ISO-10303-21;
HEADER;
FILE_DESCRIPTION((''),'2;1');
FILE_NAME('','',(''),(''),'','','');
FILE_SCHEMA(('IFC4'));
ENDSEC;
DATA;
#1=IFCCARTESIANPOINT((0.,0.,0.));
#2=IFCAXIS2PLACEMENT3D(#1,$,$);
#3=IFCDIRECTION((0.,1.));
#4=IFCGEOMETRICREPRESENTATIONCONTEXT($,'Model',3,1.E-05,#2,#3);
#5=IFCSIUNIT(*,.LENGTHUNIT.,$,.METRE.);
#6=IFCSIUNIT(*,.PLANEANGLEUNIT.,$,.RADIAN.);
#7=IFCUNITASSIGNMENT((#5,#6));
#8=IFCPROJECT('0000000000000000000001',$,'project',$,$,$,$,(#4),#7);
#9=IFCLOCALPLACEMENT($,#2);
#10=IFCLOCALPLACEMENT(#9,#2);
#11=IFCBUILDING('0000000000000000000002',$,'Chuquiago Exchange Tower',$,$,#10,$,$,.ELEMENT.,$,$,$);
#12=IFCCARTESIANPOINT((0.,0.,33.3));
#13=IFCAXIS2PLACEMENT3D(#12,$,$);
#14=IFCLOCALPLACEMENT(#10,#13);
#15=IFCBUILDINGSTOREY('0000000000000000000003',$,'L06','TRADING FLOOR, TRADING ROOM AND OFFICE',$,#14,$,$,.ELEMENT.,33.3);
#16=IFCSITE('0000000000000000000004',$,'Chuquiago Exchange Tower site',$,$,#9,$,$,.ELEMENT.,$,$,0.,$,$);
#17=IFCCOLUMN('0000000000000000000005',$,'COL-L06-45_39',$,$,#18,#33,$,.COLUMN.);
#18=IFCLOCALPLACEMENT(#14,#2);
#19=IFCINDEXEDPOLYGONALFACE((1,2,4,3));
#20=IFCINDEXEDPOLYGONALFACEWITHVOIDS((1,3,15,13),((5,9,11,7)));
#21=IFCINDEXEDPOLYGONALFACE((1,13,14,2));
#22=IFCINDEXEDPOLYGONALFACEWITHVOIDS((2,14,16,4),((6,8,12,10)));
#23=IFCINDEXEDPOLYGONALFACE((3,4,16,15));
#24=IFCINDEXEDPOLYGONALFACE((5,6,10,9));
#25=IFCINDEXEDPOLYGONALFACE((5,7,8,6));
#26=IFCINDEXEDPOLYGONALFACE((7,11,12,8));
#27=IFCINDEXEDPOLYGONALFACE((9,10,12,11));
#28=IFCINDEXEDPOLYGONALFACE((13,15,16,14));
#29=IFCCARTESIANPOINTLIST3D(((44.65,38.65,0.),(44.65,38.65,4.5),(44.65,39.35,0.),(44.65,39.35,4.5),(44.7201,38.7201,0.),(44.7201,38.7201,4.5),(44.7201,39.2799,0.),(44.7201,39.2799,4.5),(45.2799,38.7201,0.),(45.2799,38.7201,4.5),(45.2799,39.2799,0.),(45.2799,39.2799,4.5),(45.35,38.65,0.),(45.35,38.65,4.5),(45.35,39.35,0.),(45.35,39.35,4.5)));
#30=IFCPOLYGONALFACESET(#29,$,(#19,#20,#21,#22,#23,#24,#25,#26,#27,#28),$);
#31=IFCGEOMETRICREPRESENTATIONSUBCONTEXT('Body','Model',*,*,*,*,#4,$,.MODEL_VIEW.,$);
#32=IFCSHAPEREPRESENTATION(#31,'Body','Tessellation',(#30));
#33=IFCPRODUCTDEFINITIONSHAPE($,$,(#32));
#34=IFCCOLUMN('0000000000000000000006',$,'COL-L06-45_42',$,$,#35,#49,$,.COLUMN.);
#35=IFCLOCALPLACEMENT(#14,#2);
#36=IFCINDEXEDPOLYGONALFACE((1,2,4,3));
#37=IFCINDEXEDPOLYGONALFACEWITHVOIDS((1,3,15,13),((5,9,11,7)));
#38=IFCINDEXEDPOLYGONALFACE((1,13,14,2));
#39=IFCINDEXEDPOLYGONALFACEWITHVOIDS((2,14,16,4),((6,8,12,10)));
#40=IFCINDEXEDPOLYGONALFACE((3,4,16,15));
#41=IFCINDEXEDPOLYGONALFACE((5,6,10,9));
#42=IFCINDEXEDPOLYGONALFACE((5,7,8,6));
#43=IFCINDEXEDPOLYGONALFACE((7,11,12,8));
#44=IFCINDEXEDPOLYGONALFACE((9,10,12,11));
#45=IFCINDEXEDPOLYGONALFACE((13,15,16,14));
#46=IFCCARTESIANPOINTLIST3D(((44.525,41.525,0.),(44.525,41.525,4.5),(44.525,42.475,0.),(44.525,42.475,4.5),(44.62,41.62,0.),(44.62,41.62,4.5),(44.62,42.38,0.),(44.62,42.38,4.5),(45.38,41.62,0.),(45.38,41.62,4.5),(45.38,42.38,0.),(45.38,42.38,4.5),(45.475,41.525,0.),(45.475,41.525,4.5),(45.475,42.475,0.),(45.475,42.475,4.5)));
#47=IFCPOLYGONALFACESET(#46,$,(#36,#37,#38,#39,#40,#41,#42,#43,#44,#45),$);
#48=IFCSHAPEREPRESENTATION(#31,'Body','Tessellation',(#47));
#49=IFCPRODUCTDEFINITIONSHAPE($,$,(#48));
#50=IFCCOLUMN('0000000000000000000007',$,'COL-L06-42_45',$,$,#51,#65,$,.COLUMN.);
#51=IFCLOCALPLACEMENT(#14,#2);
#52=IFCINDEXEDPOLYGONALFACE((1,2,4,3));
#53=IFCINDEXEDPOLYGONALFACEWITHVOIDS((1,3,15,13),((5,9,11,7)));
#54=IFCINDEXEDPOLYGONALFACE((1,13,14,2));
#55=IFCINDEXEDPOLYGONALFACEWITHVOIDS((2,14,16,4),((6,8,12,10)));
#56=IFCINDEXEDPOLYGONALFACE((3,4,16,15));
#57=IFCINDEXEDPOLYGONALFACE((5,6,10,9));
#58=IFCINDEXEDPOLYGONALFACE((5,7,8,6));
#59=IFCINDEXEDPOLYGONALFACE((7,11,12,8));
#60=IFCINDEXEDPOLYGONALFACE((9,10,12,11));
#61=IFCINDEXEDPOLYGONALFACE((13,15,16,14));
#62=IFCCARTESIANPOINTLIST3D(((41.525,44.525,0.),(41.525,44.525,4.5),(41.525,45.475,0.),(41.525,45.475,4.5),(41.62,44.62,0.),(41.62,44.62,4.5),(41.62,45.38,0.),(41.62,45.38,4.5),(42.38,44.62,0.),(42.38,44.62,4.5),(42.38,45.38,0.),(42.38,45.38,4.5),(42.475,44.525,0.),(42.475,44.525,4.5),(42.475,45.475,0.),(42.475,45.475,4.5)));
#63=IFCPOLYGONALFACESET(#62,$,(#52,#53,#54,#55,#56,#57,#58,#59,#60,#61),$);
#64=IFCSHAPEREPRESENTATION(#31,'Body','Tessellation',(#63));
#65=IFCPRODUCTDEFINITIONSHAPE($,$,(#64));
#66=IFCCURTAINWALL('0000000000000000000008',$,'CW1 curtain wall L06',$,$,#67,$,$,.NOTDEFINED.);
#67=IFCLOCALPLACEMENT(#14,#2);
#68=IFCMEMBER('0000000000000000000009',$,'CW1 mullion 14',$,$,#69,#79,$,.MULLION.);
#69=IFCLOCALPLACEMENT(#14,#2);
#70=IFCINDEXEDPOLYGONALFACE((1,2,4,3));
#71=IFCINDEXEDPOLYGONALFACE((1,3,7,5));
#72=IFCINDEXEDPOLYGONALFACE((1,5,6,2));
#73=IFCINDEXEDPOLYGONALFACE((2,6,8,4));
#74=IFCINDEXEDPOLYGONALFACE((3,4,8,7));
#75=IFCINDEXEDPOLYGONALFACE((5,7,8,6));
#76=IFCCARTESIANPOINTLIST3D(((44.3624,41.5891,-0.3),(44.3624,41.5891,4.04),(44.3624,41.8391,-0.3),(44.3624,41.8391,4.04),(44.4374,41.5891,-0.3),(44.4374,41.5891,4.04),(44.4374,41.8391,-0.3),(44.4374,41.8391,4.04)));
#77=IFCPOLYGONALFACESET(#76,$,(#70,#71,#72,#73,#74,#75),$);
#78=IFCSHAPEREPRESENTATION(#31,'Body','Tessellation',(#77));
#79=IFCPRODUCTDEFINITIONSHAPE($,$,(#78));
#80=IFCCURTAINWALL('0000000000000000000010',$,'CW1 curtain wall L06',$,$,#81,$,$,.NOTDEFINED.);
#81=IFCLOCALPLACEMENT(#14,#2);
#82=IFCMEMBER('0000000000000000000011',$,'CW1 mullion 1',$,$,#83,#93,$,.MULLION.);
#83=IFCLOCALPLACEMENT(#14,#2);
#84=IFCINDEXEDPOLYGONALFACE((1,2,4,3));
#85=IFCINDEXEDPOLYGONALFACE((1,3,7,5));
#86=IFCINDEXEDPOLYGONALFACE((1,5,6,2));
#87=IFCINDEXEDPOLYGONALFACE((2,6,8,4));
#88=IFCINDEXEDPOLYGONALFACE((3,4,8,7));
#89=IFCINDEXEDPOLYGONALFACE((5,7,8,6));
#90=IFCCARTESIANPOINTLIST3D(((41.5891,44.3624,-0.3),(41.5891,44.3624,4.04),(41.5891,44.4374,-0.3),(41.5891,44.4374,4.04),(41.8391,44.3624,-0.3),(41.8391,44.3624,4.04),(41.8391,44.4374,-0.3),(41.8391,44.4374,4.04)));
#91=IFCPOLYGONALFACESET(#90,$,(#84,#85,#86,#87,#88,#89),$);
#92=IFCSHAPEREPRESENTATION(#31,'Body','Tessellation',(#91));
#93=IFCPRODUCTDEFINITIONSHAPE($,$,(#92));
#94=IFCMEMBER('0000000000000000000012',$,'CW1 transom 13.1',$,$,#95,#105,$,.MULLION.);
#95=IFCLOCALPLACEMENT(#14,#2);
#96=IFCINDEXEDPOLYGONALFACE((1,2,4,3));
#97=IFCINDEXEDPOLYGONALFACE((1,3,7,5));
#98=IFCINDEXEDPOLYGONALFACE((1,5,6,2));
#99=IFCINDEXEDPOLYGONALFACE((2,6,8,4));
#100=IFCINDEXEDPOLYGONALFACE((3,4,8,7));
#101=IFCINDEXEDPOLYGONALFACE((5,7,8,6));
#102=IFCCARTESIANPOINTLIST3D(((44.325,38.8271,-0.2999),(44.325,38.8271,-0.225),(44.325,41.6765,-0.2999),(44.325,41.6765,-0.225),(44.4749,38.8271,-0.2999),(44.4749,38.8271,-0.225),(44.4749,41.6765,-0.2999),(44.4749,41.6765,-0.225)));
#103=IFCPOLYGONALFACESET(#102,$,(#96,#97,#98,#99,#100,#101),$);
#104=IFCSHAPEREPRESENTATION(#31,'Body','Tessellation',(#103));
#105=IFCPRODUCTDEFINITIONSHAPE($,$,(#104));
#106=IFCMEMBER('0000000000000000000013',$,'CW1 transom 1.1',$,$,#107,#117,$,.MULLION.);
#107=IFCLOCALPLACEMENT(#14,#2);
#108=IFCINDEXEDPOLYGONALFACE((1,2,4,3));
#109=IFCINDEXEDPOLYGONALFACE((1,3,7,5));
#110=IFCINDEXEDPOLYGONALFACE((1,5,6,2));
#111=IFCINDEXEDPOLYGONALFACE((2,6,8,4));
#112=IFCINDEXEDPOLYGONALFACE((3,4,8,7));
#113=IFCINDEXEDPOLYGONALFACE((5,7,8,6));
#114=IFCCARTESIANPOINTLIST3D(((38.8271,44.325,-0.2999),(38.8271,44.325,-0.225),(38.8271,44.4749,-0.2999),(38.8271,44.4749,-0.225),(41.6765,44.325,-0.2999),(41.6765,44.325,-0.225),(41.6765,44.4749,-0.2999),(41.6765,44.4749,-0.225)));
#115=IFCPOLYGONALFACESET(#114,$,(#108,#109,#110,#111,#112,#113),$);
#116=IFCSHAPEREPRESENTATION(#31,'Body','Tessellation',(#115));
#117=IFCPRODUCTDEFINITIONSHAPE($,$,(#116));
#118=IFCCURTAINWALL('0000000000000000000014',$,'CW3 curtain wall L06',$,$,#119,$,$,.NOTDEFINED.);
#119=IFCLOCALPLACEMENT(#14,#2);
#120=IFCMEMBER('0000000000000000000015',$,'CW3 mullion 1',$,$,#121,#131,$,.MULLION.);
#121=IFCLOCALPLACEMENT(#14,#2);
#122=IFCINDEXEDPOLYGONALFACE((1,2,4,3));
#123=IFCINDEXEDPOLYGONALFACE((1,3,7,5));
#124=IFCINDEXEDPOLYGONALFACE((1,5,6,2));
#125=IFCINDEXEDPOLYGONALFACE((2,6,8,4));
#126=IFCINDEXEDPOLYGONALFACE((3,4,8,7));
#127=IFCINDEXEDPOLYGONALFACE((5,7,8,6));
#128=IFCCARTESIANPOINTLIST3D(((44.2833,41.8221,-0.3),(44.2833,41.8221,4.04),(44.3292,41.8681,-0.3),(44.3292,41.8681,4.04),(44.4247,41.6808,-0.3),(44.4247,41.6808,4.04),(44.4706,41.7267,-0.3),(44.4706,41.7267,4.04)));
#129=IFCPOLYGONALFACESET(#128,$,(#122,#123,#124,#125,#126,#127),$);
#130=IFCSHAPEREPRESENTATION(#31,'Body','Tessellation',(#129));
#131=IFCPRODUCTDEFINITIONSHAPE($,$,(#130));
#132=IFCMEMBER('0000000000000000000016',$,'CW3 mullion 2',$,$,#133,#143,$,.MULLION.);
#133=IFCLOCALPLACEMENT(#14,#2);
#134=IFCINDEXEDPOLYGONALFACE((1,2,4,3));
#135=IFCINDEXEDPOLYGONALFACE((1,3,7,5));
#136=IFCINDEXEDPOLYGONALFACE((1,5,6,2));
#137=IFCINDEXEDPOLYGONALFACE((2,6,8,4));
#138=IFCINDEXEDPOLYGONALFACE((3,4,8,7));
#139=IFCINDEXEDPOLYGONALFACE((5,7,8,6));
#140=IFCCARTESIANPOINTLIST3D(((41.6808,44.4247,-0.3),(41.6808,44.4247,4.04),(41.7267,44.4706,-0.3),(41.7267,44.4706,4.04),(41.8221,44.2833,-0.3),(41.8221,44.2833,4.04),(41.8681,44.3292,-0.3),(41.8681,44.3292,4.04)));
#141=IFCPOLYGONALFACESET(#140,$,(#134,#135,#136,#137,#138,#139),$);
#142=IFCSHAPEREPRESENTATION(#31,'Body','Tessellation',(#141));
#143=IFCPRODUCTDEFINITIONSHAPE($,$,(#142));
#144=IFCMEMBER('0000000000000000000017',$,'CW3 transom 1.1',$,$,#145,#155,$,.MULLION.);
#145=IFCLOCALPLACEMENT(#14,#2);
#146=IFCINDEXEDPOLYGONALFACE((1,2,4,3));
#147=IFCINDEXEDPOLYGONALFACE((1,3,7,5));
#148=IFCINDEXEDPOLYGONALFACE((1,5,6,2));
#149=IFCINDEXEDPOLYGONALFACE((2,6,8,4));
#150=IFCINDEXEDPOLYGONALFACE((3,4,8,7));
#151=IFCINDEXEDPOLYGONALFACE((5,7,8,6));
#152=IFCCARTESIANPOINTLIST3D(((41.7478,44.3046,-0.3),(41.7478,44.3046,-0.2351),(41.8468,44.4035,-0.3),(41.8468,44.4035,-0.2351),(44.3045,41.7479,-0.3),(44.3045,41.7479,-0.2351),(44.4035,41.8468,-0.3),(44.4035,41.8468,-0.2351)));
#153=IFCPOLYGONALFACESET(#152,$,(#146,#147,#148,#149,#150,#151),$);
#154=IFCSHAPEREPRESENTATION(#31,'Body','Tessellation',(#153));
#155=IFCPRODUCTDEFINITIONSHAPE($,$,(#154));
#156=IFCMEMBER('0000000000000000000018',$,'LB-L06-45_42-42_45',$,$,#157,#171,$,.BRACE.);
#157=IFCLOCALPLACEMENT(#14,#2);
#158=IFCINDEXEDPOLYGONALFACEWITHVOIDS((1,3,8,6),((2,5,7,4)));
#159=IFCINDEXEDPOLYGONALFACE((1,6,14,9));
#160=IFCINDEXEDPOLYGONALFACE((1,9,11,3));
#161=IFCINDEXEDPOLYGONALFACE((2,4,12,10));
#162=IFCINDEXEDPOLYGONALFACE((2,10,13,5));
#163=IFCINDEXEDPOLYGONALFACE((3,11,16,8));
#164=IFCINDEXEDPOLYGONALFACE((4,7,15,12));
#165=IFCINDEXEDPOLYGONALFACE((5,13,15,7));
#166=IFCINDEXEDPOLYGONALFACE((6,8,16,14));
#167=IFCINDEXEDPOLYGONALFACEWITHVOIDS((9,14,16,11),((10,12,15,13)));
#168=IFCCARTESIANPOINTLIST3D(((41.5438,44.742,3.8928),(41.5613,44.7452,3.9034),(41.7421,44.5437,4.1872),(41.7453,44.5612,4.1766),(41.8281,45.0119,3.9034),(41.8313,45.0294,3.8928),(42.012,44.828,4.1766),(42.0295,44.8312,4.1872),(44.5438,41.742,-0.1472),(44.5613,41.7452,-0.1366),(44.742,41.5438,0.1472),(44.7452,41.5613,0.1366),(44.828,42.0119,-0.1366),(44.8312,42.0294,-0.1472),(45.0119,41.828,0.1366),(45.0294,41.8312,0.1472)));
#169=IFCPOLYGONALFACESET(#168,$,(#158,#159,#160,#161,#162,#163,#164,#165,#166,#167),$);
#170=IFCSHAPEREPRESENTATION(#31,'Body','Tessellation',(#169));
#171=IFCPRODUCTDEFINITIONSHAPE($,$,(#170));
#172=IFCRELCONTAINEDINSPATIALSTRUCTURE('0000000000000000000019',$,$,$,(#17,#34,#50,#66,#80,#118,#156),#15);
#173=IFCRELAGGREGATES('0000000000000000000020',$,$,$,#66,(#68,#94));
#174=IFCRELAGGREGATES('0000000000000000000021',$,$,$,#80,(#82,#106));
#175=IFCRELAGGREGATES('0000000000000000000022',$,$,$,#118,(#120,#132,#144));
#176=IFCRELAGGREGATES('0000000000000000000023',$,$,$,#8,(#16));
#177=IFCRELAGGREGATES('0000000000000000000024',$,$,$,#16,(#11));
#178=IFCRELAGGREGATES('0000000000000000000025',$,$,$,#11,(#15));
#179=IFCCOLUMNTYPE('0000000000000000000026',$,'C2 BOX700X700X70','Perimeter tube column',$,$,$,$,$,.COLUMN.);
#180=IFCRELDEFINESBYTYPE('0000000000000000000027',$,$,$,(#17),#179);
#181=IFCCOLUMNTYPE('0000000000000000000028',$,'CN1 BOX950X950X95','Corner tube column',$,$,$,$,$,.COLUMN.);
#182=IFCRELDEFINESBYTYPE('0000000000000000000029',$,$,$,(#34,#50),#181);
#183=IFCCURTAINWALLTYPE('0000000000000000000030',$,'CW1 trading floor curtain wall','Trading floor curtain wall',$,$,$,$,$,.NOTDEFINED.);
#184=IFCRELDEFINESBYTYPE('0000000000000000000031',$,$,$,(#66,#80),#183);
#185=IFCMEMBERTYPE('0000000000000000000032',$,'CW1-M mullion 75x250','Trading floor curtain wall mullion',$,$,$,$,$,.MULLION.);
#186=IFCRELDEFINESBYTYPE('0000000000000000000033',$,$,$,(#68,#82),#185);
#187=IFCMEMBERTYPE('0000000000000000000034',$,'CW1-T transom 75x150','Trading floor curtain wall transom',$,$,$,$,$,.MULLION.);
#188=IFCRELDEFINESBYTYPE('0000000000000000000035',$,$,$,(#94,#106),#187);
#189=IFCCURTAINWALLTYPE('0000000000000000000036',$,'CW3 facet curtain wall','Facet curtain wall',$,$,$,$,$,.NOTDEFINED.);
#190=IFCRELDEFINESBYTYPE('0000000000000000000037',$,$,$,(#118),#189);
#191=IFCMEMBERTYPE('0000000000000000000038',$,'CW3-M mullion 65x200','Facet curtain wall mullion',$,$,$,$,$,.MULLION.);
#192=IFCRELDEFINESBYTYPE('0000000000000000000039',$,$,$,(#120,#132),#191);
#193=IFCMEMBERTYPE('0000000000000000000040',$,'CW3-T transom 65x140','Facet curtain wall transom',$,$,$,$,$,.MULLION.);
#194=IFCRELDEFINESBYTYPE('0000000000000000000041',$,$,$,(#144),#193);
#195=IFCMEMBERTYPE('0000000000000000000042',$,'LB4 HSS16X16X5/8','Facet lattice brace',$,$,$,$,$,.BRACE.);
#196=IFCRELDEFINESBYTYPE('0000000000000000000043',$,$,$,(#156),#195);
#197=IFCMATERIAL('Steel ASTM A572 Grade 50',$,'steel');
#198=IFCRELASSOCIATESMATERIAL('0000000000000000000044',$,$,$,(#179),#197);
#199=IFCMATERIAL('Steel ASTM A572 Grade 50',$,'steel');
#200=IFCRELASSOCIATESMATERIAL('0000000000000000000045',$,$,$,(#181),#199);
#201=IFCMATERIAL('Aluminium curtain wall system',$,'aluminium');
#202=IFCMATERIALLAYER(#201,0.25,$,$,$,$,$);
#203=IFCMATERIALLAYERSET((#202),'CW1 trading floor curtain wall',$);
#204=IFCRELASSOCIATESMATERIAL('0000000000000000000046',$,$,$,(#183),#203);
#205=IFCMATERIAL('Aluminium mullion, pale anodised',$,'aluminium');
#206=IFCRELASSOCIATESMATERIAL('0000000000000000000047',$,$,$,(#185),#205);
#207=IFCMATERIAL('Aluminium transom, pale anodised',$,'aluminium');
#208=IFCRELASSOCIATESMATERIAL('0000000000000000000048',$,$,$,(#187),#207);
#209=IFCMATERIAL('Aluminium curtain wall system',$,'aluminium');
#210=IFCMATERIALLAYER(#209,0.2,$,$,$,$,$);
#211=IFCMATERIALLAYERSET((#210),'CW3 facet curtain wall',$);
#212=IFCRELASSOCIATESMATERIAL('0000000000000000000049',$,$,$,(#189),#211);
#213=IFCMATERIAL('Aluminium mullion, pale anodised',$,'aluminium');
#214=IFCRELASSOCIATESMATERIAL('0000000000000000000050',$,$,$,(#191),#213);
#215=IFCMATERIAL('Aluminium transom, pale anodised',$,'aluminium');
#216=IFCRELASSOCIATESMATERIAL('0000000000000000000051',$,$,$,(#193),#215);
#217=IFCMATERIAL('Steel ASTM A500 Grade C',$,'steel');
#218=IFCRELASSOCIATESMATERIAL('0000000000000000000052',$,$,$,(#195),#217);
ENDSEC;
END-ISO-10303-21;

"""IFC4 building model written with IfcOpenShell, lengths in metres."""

from ifc_helpers import new_model, si_unit, direction, frame, origin, origin_2d, place, context, subcontext, project, spatial, rectangle, hollow_rectangle, extrude, material, layer, layer_set, material_profile, profile_set, type_object, element, aggregate, save


model = new_model("IFC4")

# Units and contexts
model_context = context("Model", 3, precision=1e-05, world=origin(), true_north=direction((0.0, 1.0)))
body_context = subcontext(model_context, "Body", "Model", "MODEL_VIEW")
ifc_project = project(units=[si_unit("LENGTHUNIT", "METRE"), si_unit("PLANEANGLEUNIT", "RADIAN")], contexts=[model_context])

# Site, building, storey
site_placement = place(None, origin())
site = spatial("IfcSite", under=ifc_project, at=site_placement, Name="Chuquiago Exchange Tower site", CompositionType="ELEMENT", RefElevation=0.0)
building_placement = place(site_placement, origin())
building = spatial("IfcBuilding", under=site, at=building_placement, Name="Chuquiago Exchange Tower", CompositionType="ELEMENT")
storey_placement = place(building_placement, frame((0.0, 0.0, 33.3)))
storey = spatial("IfcBuildingStorey", under=building, at=storey_placement, Name="L06", Description="TRADING FLOOR, TRADING ROOM AND OFFICE", CompositionType="ELEMENT", Elevation=33.3)

# Columns
ifc_material_1 = material(Name="Steel ASTM A572 Grade 50", Category="steel")
ifc_material_profile_1 = material_profile(ifc_material_1, hollow_rectangle(XDim=0.7, YDim=0.7, WallThickness=0.0701, at=origin_2d()), Name="BOX700X700X70")
ifc_profile_set_1 = profile_set([ifc_material_profile_1], Name="Steel ASTM A572 Grade 50")
column_type_1 = type_object("IfcColumnType", Name="C2 BOX700X700X70", Description="Perimeter tube column", PredefinedType="COLUMN", material=ifc_profile_set_1)
column_placement = place(storey_placement, frame((45.0, 39.0, 0.0), z_axis=(0.0, 0.0, 1.0), x_axis=(1.0, 0.0, 0.0)))
element("IfcColumn", 1, at=column_placement, inside=storey, type_object=column_type_1, Name="COL-L06-45_39", PredefinedType="COLUMN", context=body_context, shape_type="SweptSolid", body=[
    extrude(hollow_rectangle(XDim=0.7, YDim=0.7, WallThickness=0.0701, at=origin_2d()), origin(), (0.0, 0.0, 1.0), 4.5),
])
ifc_material_2 = material(Name="Steel ASTM A572 Grade 50", Category="steel")
ifc_material_profile_2 = material_profile(ifc_material_2, hollow_rectangle(XDim=0.95, YDim=0.95, WallThickness=0.095, at=origin_2d()), Name="BOX950X950X95")
ifc_profile_set_2 = profile_set([ifc_material_profile_2], Name="Steel ASTM A572 Grade 50")
column_type_2 = type_object("IfcColumnType", Name="CN1 BOX950X950X95", Description="Corner tube column", PredefinedType="COLUMN", material=ifc_profile_set_2)
for number, where, z_axis, x_axis, name in (
    (2, (45.0, 42.0, 0.0), (0.0, 0.0, 1.0), (1.0, 0.0, 0.0), "COL-L06-45_42"),
    (3, (42.0, 45.0, 0.0), (0.0, 0.0, 1.0), (0.0, 1.0, 0.0), "COL-L06-42_45"),
):
    element("IfcColumn", number, at=place(storey_placement, frame(where, z_axis=z_axis, x_axis=x_axis)), inside=storey, type_object=column_type_2, Name=name, PredefinedType="COLUMN", context=body_context, shape_type="SweptSolid", body=[
        extrude(hollow_rectangle(XDim=0.95, YDim=0.95, WallThickness=0.095, at=origin_2d()), origin(), (0.0, 0.0, 1.0), 4.5),
    ])

# Curtain walls, members
ifc_material_3 = material(Name="Aluminium curtain wall system", Category="aluminium")
ifc_layer_1 = layer(ifc_material_3, 0.25)
ifc_layer_set_1 = layer_set([ifc_layer_1], Name="CW1 trading floor curtain wall")
curtain_wall_type_1 = type_object("IfcCurtainWallType", Name="CW1 trading floor curtain wall", Description="Trading floor curtain wall", PredefinedType="NOTDEFINED", material=ifc_layer_set_1)
curtain_wall_1_placement = place(storey_placement, origin())
curtain_wall_1 = element("IfcCurtainWall", 4, at=curtain_wall_1_placement, inside=storey, type_object=curtain_wall_type_1, Name="CW1 curtain wall L06", PredefinedType="NOTDEFINED")
ifc_material_4 = material(Name="Aluminium mullion, pale anodised", Category="aluminium")
ifc_material_profile_3 = material_profile(ifc_material_4, rectangle(XDim=0.075, YDim=0.25, at=origin_2d()), Name="AL 75x250")
ifc_profile_set_3 = profile_set([ifc_material_profile_3], Name="Aluminium mullion, pale anodised")
member_type_1 = type_object("IfcMemberType", Name="CW1-M mullion 75x250", Description="Trading floor curtain wall mullion", PredefinedType="MULLION", material=ifc_profile_set_3)
member_1_placement = place(storey_placement, frame((44.3999, 41.7141, -0.3), z_axis=(0.0, 0.0, 1.0), x_axis=(-1.0, 0.0, 0.0)))
member_1 = element("IfcMember", 5, at=member_1_placement, type_object=member_type_1, Name="CW1 mullion 14", PredefinedType="MULLION", context=body_context, shape_type="SweptSolid", body=[
    extrude(rectangle(XDim=0.075, YDim=0.25, at=origin_2d()), origin(), (0.0, 0.0, 1.0), 4.3401),
])
curtain_wall_2_placement = place(storey_placement, origin())
curtain_wall_2 = element("IfcCurtainWall", 6, at=curtain_wall_2_placement, inside=storey, type_object=curtain_wall_type_1, Name="CW1 curtain wall L06", PredefinedType="NOTDEFINED")
member_2_placement = place(storey_placement, frame((41.7141, 44.3999, -0.3), z_axis=(0.0, 0.0, 1.0), x_axis=(0.0, -1.0, 0.0)))
member_2 = element("IfcMember", 7, at=member_2_placement, type_object=member_type_1, Name="CW1 mullion 1", PredefinedType="MULLION", context=body_context, shape_type="SweptSolid", body=[
    extrude(rectangle(XDim=0.075, YDim=0.25, at=origin_2d()), origin(), (0.0, 0.0, 1.0), 4.3401),
])

# Members
ifc_material_5 = material(Name="Aluminium transom, pale anodised", Category="aluminium")
ifc_material_profile_4 = material_profile(ifc_material_5, rectangle(XDim=0.1499, YDim=0.075, at=origin_2d()), Name="AL 150x75")
ifc_profile_set_4 = profile_set([ifc_material_profile_4], Name="Aluminium transom, pale anodised")
member_type_2 = type_object("IfcMemberType", Name="CW1-T transom 75x150", Description="Trading floor curtain wall transom", PredefinedType="MULLION", material=ifc_profile_set_4)
member_3_placement = place(storey_placement, frame((44.3999, 38.8271, -0.2625), z_axis=(0.0, 1.0, 0.0), x_axis=(-1.0, 0.0, 0.0)))
member_3 = element("IfcMember", 8, at=member_3_placement, type_object=member_type_2, Name="CW1 transom 13.1", PredefinedType="MULLION", context=body_context, shape_type="SweptSolid", body=[
    extrude(rectangle(XDim=0.1499, YDim=0.075, at=origin_2d()), origin(), (0.0, 0.0, 1.0), 2.8494),
])
member_4_placement = place(storey_placement, frame((41.6765, 44.3999, -0.2625), z_axis=(-1.0, 0.0, 0.0), x_axis=(0.0, -1.0, 0.0)))
member_4 = element("IfcMember", 9, at=member_4_placement, type_object=member_type_2, Name="CW1 transom 1.1", PredefinedType="MULLION", context=body_context, shape_type="SweptSolid", body=[
    extrude(rectangle(XDim=0.1499, YDim=0.075, at=origin_2d()), origin(), (0.0, 0.0, 1.0), 2.8494),
])

# Curtain wall, members
ifc_material_6 = material(Name="Aluminium curtain wall system", Category="aluminium")
ifc_layer_2 = layer(ifc_material_6, 0.2)
ifc_layer_set_2 = layer_set([ifc_layer_2], Name="CW3 facet curtain wall")
curtain_wall_type_2 = type_object("IfcCurtainWallType", Name="CW3 facet curtain wall", Description="Facet curtain wall", PredefinedType="NOTDEFINED", material=ifc_layer_set_2)
curtain_wall_3_placement = place(storey_placement, origin())
curtain_wall_3 = element("IfcCurtainWall", 10, at=curtain_wall_3_placement, inside=storey, type_object=curtain_wall_type_2, Name="CW3 curtain wall L06", PredefinedType="NOTDEFINED")
ifc_material_7 = material(Name="Aluminium mullion, pale anodised", Category="aluminium")
ifc_material_profile_5 = material_profile(ifc_material_7, rectangle(XDim=0.0649, YDim=0.2, at=origin_2d()), Name="AL 65x200")
ifc_profile_set_5 = profile_set([ifc_material_profile_5], Name="Aluminium mullion, pale anodised")
member_type_3 = type_object("IfcMemberType", Name="CW3-M mullion 65x200", Description="Facet curtain wall mullion", PredefinedType="MULLION", material=ifc_profile_set_5)
member_5_placement = place(storey_placement, frame((44.377, 41.7744, -0.3), z_axis=(0.0, 0.0, 1.0), x_axis=(-0.707107, -0.707107, 0.0)))
member_5 = element("IfcMember", 11, at=member_5_placement, type_object=member_type_3, Name="CW3 mullion 1", PredefinedType="MULLION", context=body_context, shape_type="SweptSolid", body=[
    extrude(rectangle(XDim=0.0649, YDim=0.2, at=origin_2d()), origin(), (0.0, 0.0, 1.0), 4.3401),
])
member_6_placement = place(storey_placement, frame((41.7744, 44.377, -0.3), z_axis=(0.0, 0.0, 1.0), x_axis=(-0.707107, -0.707107, 0.0)))
member_6 = element("IfcMember", 12, at=member_6_placement, type_object=member_type_3, Name="CW3 mullion 2", PredefinedType="MULLION", context=body_context, shape_type="SweptSolid", body=[
    extrude(rectangle(XDim=0.0649, YDim=0.2, at=origin_2d()), origin(), (0.0, 0.0, 1.0), 4.3401),
])
ifc_material_8 = material(Name="Aluminium transom, pale anodised", Category="aluminium")
ifc_material_profile_6 = material_profile(ifc_material_8, rectangle(XDim=0.1399, YDim=0.0649, at=origin_2d()), Name="AL 140x65")
ifc_profile_set_6 = profile_set([ifc_material_profile_6], Name="Aluminium transom, pale anodised")
member_type_4 = type_object("IfcMemberType", Name="CW3-T transom 65x140", Description="Facet curtain wall transom", PredefinedType="MULLION", material=ifc_profile_set_6)
member_7_placement = place(storey_placement, frame((44.354, 41.7974, -0.2676), z_axis=(-0.707107, 0.707107, 0.0), x_axis=(-0.707107, -0.707107, 0.0)))
member_7 = element("IfcMember", 13, at=member_7_placement, type_object=member_type_4, Name="CW3 transom 1.1", PredefinedType="MULLION", context=body_context, shape_type="SweptSolid", body=[
    extrude(rectangle(XDim=0.1399, YDim=0.0649, at=origin_2d()), origin(), (0.0, 0.0, 1.0), 3.6157),
])

# Member
ifc_material_9 = material(Name="Steel ASTM A500 Grade C", Category="steel")
ifc_material_profile_7 = material_profile(ifc_material_9, hollow_rectangle(XDim=0.4065, YDim=0.4065, WallThickness=0.0146, at=origin_2d()), Name="HSS16X16X5/8")
ifc_profile_set_7 = profile_set([ifc_material_profile_7], Name="Steel ASTM A500 Grade C")
member_type_5 = type_object("IfcMemberType", Name="LB4 HSS16X16X5/8", Description="Facet lattice brace", PredefinedType="BRACE", material=ifc_profile_set_7)
member_8_placement = place(storey_placement, frame((44.7866, 41.7866, 0.0), z_axis=(-0.512077, 0.512077, 0.689604), x_axis=(-0.707107, -0.707107, 0.0)))
element("IfcMember", 14, at=member_8_placement, inside=storey, type_object=member_type_5, Name="LB-L06-45_42-42_45", PredefinedType="BRACE", context=body_context, shape_type="SweptSolid", body=[
    extrude(hollow_rectangle(XDim=0.4065, YDim=0.4065, WallThickness=0.0146, at=origin_2d()), origin(), (0.0, 0.0, 1.0), 5.8584),
])

aggregate(curtain_wall_1, [member_1, member_3])
aggregate(curtain_wall_2, [member_2, member_4])
aggregate(curtain_wall_3, [member_5, member_6, member_7])

save(model, "model.ifc")
